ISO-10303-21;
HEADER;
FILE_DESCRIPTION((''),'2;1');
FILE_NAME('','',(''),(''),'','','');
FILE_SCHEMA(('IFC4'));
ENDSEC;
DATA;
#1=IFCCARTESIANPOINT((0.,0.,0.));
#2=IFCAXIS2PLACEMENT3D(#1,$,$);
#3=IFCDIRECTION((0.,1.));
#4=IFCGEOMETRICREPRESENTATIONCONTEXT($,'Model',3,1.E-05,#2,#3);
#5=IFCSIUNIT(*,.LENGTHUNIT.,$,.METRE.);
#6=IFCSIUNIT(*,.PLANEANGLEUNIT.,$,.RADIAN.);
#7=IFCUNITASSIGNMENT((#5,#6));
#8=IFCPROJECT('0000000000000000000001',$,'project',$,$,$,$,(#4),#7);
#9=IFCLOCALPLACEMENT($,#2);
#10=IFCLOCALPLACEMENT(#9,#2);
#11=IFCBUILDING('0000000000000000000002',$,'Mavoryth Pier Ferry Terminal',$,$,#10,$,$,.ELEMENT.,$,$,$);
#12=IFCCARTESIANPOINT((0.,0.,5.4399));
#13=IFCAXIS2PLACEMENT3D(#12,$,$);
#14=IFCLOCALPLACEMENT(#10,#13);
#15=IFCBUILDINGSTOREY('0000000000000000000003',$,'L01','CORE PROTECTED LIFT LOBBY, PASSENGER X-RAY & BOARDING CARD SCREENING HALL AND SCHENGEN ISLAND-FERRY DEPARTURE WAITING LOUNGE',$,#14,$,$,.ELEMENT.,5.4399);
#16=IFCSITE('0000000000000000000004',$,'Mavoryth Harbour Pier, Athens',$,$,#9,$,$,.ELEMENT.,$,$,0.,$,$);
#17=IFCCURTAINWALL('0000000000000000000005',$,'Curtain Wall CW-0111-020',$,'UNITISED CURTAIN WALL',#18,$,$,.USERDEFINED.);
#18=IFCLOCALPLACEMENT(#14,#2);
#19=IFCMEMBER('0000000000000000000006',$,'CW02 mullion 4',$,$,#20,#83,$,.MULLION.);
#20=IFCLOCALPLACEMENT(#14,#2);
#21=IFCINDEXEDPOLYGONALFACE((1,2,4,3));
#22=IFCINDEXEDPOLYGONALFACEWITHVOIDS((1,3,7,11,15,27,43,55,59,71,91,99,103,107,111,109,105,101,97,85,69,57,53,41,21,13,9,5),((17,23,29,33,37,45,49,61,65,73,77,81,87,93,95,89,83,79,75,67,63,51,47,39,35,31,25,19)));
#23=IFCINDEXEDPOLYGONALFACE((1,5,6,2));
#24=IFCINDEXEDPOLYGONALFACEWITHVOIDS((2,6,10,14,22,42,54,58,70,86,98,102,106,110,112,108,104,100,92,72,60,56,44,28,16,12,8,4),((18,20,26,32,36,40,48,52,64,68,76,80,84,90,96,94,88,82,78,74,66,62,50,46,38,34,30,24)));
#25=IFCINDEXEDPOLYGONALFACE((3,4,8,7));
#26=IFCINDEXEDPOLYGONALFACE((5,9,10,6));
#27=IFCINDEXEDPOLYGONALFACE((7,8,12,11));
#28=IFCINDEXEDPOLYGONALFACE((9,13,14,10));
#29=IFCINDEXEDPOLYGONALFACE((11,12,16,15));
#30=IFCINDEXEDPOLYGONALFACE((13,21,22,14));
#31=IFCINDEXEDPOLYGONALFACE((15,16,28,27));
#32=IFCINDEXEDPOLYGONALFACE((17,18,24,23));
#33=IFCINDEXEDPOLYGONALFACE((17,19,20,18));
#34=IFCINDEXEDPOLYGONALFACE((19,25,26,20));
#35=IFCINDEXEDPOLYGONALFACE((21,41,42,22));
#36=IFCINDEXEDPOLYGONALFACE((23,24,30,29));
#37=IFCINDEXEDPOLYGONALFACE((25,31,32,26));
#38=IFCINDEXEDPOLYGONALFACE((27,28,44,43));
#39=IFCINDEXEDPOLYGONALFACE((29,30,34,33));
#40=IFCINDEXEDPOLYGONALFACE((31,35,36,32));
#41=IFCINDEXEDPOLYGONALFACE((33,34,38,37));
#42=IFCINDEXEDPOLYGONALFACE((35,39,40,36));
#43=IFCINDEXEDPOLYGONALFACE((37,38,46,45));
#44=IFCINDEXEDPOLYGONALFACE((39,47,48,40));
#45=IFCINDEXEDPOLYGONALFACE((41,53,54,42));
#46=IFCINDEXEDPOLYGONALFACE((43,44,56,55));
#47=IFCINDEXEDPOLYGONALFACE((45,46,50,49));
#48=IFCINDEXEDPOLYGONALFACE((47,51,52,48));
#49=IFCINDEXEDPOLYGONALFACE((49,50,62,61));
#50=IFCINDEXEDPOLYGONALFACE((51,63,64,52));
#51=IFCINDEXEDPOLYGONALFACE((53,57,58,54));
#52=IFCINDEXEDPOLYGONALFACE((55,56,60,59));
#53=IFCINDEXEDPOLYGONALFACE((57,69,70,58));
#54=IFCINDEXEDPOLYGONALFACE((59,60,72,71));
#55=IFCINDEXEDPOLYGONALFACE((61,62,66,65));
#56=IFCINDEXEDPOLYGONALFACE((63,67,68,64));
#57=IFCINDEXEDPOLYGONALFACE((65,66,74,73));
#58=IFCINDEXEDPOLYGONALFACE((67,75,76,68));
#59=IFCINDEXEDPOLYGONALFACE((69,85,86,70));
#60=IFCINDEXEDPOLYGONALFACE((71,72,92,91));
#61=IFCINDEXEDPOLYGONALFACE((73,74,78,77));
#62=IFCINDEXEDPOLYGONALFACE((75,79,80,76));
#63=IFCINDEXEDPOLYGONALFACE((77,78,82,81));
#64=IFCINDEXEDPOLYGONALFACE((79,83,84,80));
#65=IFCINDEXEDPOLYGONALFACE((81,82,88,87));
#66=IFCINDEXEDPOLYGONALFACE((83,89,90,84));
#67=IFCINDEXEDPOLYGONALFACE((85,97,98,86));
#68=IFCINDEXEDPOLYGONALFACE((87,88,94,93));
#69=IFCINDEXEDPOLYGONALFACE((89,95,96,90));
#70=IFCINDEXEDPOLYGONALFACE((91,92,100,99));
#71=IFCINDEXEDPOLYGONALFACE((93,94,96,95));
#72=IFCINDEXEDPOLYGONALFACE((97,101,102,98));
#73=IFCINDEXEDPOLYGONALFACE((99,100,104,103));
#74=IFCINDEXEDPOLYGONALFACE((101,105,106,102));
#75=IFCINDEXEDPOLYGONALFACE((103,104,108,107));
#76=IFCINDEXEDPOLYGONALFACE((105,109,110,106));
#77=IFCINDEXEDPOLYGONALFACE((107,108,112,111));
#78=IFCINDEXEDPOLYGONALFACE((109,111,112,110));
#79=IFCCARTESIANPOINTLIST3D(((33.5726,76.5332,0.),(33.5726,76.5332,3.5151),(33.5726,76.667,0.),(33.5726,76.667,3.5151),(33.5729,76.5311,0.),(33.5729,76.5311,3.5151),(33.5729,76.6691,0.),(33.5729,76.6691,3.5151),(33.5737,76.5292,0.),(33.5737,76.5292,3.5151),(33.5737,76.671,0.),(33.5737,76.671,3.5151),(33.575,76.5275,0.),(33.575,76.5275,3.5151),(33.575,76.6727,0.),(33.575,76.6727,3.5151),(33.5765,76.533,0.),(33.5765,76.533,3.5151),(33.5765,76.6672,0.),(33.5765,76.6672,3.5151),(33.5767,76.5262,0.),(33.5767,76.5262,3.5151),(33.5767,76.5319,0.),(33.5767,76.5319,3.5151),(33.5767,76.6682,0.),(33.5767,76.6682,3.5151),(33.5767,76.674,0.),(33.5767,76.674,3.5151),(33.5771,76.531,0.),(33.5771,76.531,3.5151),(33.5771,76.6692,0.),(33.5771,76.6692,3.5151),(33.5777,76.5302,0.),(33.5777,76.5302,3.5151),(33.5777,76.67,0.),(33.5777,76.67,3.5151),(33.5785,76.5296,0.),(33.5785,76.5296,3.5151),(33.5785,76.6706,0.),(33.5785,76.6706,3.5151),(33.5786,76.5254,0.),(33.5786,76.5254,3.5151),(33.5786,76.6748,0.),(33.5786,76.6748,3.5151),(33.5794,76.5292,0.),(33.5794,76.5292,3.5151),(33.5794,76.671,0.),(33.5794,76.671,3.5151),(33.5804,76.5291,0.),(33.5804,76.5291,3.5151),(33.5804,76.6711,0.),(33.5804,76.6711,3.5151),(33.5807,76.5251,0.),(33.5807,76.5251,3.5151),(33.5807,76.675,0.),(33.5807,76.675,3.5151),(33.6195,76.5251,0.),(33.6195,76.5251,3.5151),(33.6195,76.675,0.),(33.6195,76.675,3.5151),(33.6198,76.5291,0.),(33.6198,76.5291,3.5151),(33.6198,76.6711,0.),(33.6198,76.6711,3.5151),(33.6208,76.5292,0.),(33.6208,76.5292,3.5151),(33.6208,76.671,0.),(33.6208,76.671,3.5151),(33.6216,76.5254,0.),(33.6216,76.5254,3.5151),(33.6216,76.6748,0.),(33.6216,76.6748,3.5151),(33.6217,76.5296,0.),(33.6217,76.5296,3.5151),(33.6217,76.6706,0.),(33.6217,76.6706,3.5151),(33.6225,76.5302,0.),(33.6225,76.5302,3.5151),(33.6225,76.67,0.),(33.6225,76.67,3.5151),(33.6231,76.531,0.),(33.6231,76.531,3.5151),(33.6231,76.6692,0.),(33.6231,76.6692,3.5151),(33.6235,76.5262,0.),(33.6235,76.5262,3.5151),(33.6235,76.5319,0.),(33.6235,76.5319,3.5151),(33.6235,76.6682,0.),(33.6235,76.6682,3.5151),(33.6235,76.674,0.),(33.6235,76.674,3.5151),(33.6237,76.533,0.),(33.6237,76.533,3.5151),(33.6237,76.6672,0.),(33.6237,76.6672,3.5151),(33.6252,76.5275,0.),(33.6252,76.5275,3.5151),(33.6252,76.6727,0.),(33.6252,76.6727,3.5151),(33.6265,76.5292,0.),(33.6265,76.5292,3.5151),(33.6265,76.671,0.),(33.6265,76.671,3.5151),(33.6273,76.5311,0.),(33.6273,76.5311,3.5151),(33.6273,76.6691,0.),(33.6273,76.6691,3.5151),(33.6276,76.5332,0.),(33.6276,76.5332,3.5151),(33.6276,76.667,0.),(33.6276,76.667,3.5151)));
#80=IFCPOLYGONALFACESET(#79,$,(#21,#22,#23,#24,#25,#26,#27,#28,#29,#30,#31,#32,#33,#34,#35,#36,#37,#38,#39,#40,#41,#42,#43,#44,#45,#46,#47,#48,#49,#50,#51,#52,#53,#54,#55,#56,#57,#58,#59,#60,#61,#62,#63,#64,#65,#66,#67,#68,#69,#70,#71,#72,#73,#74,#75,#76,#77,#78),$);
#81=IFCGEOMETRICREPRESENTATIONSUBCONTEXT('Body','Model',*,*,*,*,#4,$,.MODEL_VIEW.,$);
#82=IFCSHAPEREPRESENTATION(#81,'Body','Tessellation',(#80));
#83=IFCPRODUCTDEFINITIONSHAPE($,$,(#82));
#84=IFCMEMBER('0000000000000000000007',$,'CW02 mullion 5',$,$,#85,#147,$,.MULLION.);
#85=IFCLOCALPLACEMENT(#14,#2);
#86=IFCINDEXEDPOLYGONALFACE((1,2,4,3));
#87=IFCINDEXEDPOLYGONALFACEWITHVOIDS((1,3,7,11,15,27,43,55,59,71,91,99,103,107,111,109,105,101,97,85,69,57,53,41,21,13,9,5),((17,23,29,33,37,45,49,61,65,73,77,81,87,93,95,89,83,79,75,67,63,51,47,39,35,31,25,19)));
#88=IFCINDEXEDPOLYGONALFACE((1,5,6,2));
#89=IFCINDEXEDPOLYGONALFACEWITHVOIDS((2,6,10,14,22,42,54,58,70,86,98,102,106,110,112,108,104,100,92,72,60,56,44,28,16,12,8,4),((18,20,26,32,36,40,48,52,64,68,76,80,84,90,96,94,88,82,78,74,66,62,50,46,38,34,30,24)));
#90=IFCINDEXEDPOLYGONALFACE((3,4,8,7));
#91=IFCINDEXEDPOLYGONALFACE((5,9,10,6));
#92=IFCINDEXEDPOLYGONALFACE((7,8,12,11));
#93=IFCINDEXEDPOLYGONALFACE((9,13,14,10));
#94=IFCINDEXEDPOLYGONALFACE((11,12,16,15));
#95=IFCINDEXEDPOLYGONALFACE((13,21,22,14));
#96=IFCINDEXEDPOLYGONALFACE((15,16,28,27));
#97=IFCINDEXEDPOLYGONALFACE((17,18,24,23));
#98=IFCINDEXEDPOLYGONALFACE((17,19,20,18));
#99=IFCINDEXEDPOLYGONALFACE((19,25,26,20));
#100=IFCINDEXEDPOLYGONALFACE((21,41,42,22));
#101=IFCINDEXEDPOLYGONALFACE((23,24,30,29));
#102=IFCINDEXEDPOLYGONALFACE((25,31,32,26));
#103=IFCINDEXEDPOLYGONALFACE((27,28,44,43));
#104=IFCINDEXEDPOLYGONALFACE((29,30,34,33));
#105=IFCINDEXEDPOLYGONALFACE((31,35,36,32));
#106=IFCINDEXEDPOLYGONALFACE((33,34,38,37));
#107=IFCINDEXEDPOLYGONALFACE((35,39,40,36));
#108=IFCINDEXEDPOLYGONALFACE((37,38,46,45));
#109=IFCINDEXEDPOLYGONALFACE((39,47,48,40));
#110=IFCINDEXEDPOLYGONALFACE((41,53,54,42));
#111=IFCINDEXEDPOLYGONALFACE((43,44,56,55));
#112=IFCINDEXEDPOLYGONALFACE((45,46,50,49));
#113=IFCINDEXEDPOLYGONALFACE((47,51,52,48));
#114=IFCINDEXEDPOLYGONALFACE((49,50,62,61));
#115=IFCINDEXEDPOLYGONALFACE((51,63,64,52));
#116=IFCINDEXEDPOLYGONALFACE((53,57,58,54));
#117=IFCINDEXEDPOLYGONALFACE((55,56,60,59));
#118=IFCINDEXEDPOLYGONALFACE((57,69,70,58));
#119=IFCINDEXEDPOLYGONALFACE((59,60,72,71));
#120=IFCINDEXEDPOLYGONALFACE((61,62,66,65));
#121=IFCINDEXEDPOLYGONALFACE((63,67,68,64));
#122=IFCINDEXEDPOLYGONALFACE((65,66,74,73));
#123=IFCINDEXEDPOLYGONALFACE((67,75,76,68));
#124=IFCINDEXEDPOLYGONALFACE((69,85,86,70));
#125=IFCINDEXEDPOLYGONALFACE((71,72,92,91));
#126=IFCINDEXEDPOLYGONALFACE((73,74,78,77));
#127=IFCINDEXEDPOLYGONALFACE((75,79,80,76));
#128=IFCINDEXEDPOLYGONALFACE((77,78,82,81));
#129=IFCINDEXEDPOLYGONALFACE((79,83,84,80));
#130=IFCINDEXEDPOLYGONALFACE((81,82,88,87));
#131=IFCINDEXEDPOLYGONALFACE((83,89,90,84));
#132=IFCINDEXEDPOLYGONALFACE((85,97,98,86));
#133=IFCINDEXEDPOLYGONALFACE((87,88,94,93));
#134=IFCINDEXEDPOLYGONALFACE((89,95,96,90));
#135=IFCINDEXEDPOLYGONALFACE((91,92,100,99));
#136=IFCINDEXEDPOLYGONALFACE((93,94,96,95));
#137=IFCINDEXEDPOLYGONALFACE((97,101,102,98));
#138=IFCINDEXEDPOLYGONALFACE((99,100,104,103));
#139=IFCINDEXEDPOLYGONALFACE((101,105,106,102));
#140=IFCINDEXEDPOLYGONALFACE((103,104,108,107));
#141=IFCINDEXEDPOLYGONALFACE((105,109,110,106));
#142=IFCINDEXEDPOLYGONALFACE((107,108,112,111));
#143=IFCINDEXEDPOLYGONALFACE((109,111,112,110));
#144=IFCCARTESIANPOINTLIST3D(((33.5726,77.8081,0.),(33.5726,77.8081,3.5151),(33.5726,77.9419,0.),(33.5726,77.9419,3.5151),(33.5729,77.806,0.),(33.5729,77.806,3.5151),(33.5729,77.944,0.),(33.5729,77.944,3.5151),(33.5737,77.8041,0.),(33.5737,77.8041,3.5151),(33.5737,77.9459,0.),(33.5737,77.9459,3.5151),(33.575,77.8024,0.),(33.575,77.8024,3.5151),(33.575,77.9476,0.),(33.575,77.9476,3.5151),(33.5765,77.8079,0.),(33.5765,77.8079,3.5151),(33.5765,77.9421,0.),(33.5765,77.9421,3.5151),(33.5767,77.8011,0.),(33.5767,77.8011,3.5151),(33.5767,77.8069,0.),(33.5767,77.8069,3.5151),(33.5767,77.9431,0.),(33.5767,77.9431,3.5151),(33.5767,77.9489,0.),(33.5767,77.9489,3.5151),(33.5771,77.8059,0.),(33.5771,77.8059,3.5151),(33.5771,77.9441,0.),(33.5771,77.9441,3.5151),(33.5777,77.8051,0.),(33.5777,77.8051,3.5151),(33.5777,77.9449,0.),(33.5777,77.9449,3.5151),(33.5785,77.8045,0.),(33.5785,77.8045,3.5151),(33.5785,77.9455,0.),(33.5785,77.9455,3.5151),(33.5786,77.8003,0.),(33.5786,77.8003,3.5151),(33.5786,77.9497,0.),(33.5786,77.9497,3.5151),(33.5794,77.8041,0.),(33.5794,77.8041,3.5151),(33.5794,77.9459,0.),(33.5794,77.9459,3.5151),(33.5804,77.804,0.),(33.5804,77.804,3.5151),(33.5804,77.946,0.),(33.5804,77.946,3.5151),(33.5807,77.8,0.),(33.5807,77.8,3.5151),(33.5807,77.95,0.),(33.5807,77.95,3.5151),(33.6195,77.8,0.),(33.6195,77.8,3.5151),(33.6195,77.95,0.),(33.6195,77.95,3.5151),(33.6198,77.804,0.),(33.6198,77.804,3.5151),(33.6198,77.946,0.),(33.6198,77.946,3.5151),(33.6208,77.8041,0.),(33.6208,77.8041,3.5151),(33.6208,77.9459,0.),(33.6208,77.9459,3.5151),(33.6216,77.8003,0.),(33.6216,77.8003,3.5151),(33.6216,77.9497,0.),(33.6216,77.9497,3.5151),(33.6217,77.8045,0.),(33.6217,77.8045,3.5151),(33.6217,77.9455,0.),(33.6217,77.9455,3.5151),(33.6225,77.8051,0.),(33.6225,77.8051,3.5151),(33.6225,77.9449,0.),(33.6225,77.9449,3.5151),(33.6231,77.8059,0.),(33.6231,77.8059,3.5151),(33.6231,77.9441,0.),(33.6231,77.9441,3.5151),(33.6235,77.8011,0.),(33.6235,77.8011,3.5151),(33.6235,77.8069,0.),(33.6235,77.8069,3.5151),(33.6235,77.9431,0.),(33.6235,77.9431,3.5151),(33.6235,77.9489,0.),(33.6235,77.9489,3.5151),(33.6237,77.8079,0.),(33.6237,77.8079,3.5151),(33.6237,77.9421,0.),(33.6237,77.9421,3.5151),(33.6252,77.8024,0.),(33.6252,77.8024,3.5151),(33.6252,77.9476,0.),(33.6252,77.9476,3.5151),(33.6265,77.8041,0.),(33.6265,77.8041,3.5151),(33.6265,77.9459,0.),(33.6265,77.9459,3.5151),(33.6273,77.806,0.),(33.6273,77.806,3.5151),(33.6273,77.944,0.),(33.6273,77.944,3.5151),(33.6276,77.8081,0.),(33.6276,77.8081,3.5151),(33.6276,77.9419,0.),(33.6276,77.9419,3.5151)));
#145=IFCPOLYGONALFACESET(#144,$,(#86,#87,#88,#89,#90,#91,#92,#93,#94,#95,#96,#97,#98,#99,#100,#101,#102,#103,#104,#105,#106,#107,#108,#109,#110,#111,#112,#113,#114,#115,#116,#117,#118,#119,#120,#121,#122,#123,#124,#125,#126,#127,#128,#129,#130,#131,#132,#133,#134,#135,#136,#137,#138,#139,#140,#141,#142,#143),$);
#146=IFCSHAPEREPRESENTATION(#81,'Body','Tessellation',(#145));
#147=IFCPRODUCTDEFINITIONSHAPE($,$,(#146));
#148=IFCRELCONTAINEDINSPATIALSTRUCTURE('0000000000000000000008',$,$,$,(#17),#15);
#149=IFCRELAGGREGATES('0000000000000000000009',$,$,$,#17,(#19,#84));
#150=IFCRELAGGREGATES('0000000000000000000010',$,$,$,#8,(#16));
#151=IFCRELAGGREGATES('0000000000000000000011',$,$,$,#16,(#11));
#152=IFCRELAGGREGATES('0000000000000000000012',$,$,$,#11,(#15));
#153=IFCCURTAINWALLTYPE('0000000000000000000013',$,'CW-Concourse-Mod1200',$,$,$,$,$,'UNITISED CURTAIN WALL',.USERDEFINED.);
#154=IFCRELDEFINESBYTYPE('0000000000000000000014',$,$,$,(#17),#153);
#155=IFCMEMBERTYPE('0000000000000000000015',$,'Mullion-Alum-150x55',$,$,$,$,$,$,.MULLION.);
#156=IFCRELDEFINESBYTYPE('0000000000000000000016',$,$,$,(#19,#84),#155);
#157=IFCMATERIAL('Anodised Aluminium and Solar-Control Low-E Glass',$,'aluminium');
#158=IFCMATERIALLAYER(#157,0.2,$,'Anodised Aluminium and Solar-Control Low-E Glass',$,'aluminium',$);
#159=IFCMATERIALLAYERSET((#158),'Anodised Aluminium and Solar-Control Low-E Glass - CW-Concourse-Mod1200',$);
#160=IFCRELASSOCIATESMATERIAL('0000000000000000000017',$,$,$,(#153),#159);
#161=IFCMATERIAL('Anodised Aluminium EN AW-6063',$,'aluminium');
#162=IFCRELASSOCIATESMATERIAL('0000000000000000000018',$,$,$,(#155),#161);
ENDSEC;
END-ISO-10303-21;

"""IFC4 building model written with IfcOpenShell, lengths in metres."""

from ifc_helpers import new_model, si_unit, direction, frame, origin, origin_2d, place, context, subcontext, project, spatial, hollow_rectangle, extrude, material, layer, layer_set, material_profile, profile_set, type_object, element, aggregate, save


model = new_model("IFC4")

# Units and contexts
model_context = context("Model", 3, precision=1e-05, world=origin(), true_north=direction((0.0, 1.0)))
body_context = subcontext(model_context, "Body", "Model", "MODEL_VIEW")
ifc_project = project(units=[si_unit("LENGTHUNIT", "METRE"), si_unit("PLANEANGLEUNIT", "RADIAN")], contexts=[model_context])

# Site, building, storey
site_placement = place(None, origin())
site = spatial("IfcSite", under=ifc_project, at=site_placement, Name="Mavoryth Harbour Pier, Athens", CompositionType="ELEMENT", RefElevation=0.0)
building_placement = place(site_placement, origin())
building = spatial("IfcBuilding", under=site, at=building_placement, Name="Mavoryth Pier Ferry Terminal", CompositionType="ELEMENT")
storey_placement = place(building_placement, frame((0.0, 0.0, 5.4399)))
storey = spatial("IfcBuildingStorey", under=building, at=storey_placement, Name="L01", Description="CORE PROTECTED LIFT LOBBY, PASSENGER X-RAY & BOARDING CARD SCREENING HALL AND SCHENGEN ISLAND-FERRY DEPARTURE WAITING LOUNGE", CompositionType="ELEMENT", Elevation=5.4399)

# Curtain wall, members
ifc_material_1 = material(Name="Anodised Aluminium and Solar-Control Low-E Glass", Category="aluminium")
ifc_layer_1 = layer(ifc_material_1, 0.2, Name="Anodised Aluminium and Solar-Control Low-E Glass", Category="aluminium")
ifc_layer_set_1 = layer_set([ifc_layer_1], Name="Anodised Aluminium and Solar-Control Low-E Glass - CW-Concourse-Mod1200")
curtain_wall_type = type_object("IfcCurtainWallType", Name="CW-Concourse-Mod1200", ElementType="UNITISED CURTAIN WALL", PredefinedType="USERDEFINED", material=ifc_layer_set_1)
curtain_wall_placement = place(storey_placement, origin())
curtain_wall = element("IfcCurtainWall", 1, at=curtain_wall_placement, inside=storey, type_object=curtain_wall_type, Name="Curtain Wall CW-0111-020", ObjectType="UNITISED CURTAIN WALL", PredefinedType="USERDEFINED")
ifc_material_2 = material(Name="Anodised Aluminium EN AW-6063", Category="aluminium")
ifc_material_profile_1 = material_profile(ifc_material_2, hollow_rectangle(XDim=0.0549, YDim=0.1499, WallThickness=0.0039, InnerFilletRadius=0.0039, OuterFilletRadius=0.0081, at=origin_2d()), Name="AL-MULL 150x55x4", Category="aluminium")
ifc_profile_set_1 = profile_set([ifc_material_profile_1], Name="Anodised Aluminium EN AW-6063 - AL-MULL 150x55x4")
member_type_1 = type_object("IfcMemberType", Name="Mullion-Alum-150x55", PredefinedType="MULLION", material=ifc_profile_set_1)
member_1_placement = place(storey_placement, frame((33.6001, 76.6001, 0.0), z_axis=(0.0, 0.0, 1.0), x_axis=(-1.0, 0.0, 0.0)))
member_1 = element("IfcMember", 2, at=member_1_placement, type_object=member_type_1, Name="CW02 mullion 4", PredefinedType="MULLION", context=body_context, shape_type="SweptSolid", body=[
    extrude(hollow_rectangle(XDim=0.0549, YDim=0.1499, WallThickness=0.0039, InnerFilletRadius=0.0039, OuterFilletRadius=0.0081, at=origin_2d()), origin(), (0.0, 0.0, 1.0), 3.5151),
])
member_2_placement = place(storey_placement, frame((33.6001, 77.875, 0.0), z_axis=(0.0, 0.0, 1.0), x_axis=(-1.0, 0.0, 0.0)))
member_2 = element("IfcMember", 3, at=member_2_placement, type_object=member_type_1, Name="CW02 mullion 5", PredefinedType="MULLION", context=body_context, shape_type="SweptSolid", body=[
    extrude(hollow_rectangle(XDim=0.0549, YDim=0.1499, WallThickness=0.0039, InnerFilletRadius=0.0039, OuterFilletRadius=0.0081, at=origin_2d()), origin(), (0.0, 0.0, 1.0), 3.5151),
])
aggregate(curtain_wall, [member_1, member_2])

save(model, "model.ifc")
